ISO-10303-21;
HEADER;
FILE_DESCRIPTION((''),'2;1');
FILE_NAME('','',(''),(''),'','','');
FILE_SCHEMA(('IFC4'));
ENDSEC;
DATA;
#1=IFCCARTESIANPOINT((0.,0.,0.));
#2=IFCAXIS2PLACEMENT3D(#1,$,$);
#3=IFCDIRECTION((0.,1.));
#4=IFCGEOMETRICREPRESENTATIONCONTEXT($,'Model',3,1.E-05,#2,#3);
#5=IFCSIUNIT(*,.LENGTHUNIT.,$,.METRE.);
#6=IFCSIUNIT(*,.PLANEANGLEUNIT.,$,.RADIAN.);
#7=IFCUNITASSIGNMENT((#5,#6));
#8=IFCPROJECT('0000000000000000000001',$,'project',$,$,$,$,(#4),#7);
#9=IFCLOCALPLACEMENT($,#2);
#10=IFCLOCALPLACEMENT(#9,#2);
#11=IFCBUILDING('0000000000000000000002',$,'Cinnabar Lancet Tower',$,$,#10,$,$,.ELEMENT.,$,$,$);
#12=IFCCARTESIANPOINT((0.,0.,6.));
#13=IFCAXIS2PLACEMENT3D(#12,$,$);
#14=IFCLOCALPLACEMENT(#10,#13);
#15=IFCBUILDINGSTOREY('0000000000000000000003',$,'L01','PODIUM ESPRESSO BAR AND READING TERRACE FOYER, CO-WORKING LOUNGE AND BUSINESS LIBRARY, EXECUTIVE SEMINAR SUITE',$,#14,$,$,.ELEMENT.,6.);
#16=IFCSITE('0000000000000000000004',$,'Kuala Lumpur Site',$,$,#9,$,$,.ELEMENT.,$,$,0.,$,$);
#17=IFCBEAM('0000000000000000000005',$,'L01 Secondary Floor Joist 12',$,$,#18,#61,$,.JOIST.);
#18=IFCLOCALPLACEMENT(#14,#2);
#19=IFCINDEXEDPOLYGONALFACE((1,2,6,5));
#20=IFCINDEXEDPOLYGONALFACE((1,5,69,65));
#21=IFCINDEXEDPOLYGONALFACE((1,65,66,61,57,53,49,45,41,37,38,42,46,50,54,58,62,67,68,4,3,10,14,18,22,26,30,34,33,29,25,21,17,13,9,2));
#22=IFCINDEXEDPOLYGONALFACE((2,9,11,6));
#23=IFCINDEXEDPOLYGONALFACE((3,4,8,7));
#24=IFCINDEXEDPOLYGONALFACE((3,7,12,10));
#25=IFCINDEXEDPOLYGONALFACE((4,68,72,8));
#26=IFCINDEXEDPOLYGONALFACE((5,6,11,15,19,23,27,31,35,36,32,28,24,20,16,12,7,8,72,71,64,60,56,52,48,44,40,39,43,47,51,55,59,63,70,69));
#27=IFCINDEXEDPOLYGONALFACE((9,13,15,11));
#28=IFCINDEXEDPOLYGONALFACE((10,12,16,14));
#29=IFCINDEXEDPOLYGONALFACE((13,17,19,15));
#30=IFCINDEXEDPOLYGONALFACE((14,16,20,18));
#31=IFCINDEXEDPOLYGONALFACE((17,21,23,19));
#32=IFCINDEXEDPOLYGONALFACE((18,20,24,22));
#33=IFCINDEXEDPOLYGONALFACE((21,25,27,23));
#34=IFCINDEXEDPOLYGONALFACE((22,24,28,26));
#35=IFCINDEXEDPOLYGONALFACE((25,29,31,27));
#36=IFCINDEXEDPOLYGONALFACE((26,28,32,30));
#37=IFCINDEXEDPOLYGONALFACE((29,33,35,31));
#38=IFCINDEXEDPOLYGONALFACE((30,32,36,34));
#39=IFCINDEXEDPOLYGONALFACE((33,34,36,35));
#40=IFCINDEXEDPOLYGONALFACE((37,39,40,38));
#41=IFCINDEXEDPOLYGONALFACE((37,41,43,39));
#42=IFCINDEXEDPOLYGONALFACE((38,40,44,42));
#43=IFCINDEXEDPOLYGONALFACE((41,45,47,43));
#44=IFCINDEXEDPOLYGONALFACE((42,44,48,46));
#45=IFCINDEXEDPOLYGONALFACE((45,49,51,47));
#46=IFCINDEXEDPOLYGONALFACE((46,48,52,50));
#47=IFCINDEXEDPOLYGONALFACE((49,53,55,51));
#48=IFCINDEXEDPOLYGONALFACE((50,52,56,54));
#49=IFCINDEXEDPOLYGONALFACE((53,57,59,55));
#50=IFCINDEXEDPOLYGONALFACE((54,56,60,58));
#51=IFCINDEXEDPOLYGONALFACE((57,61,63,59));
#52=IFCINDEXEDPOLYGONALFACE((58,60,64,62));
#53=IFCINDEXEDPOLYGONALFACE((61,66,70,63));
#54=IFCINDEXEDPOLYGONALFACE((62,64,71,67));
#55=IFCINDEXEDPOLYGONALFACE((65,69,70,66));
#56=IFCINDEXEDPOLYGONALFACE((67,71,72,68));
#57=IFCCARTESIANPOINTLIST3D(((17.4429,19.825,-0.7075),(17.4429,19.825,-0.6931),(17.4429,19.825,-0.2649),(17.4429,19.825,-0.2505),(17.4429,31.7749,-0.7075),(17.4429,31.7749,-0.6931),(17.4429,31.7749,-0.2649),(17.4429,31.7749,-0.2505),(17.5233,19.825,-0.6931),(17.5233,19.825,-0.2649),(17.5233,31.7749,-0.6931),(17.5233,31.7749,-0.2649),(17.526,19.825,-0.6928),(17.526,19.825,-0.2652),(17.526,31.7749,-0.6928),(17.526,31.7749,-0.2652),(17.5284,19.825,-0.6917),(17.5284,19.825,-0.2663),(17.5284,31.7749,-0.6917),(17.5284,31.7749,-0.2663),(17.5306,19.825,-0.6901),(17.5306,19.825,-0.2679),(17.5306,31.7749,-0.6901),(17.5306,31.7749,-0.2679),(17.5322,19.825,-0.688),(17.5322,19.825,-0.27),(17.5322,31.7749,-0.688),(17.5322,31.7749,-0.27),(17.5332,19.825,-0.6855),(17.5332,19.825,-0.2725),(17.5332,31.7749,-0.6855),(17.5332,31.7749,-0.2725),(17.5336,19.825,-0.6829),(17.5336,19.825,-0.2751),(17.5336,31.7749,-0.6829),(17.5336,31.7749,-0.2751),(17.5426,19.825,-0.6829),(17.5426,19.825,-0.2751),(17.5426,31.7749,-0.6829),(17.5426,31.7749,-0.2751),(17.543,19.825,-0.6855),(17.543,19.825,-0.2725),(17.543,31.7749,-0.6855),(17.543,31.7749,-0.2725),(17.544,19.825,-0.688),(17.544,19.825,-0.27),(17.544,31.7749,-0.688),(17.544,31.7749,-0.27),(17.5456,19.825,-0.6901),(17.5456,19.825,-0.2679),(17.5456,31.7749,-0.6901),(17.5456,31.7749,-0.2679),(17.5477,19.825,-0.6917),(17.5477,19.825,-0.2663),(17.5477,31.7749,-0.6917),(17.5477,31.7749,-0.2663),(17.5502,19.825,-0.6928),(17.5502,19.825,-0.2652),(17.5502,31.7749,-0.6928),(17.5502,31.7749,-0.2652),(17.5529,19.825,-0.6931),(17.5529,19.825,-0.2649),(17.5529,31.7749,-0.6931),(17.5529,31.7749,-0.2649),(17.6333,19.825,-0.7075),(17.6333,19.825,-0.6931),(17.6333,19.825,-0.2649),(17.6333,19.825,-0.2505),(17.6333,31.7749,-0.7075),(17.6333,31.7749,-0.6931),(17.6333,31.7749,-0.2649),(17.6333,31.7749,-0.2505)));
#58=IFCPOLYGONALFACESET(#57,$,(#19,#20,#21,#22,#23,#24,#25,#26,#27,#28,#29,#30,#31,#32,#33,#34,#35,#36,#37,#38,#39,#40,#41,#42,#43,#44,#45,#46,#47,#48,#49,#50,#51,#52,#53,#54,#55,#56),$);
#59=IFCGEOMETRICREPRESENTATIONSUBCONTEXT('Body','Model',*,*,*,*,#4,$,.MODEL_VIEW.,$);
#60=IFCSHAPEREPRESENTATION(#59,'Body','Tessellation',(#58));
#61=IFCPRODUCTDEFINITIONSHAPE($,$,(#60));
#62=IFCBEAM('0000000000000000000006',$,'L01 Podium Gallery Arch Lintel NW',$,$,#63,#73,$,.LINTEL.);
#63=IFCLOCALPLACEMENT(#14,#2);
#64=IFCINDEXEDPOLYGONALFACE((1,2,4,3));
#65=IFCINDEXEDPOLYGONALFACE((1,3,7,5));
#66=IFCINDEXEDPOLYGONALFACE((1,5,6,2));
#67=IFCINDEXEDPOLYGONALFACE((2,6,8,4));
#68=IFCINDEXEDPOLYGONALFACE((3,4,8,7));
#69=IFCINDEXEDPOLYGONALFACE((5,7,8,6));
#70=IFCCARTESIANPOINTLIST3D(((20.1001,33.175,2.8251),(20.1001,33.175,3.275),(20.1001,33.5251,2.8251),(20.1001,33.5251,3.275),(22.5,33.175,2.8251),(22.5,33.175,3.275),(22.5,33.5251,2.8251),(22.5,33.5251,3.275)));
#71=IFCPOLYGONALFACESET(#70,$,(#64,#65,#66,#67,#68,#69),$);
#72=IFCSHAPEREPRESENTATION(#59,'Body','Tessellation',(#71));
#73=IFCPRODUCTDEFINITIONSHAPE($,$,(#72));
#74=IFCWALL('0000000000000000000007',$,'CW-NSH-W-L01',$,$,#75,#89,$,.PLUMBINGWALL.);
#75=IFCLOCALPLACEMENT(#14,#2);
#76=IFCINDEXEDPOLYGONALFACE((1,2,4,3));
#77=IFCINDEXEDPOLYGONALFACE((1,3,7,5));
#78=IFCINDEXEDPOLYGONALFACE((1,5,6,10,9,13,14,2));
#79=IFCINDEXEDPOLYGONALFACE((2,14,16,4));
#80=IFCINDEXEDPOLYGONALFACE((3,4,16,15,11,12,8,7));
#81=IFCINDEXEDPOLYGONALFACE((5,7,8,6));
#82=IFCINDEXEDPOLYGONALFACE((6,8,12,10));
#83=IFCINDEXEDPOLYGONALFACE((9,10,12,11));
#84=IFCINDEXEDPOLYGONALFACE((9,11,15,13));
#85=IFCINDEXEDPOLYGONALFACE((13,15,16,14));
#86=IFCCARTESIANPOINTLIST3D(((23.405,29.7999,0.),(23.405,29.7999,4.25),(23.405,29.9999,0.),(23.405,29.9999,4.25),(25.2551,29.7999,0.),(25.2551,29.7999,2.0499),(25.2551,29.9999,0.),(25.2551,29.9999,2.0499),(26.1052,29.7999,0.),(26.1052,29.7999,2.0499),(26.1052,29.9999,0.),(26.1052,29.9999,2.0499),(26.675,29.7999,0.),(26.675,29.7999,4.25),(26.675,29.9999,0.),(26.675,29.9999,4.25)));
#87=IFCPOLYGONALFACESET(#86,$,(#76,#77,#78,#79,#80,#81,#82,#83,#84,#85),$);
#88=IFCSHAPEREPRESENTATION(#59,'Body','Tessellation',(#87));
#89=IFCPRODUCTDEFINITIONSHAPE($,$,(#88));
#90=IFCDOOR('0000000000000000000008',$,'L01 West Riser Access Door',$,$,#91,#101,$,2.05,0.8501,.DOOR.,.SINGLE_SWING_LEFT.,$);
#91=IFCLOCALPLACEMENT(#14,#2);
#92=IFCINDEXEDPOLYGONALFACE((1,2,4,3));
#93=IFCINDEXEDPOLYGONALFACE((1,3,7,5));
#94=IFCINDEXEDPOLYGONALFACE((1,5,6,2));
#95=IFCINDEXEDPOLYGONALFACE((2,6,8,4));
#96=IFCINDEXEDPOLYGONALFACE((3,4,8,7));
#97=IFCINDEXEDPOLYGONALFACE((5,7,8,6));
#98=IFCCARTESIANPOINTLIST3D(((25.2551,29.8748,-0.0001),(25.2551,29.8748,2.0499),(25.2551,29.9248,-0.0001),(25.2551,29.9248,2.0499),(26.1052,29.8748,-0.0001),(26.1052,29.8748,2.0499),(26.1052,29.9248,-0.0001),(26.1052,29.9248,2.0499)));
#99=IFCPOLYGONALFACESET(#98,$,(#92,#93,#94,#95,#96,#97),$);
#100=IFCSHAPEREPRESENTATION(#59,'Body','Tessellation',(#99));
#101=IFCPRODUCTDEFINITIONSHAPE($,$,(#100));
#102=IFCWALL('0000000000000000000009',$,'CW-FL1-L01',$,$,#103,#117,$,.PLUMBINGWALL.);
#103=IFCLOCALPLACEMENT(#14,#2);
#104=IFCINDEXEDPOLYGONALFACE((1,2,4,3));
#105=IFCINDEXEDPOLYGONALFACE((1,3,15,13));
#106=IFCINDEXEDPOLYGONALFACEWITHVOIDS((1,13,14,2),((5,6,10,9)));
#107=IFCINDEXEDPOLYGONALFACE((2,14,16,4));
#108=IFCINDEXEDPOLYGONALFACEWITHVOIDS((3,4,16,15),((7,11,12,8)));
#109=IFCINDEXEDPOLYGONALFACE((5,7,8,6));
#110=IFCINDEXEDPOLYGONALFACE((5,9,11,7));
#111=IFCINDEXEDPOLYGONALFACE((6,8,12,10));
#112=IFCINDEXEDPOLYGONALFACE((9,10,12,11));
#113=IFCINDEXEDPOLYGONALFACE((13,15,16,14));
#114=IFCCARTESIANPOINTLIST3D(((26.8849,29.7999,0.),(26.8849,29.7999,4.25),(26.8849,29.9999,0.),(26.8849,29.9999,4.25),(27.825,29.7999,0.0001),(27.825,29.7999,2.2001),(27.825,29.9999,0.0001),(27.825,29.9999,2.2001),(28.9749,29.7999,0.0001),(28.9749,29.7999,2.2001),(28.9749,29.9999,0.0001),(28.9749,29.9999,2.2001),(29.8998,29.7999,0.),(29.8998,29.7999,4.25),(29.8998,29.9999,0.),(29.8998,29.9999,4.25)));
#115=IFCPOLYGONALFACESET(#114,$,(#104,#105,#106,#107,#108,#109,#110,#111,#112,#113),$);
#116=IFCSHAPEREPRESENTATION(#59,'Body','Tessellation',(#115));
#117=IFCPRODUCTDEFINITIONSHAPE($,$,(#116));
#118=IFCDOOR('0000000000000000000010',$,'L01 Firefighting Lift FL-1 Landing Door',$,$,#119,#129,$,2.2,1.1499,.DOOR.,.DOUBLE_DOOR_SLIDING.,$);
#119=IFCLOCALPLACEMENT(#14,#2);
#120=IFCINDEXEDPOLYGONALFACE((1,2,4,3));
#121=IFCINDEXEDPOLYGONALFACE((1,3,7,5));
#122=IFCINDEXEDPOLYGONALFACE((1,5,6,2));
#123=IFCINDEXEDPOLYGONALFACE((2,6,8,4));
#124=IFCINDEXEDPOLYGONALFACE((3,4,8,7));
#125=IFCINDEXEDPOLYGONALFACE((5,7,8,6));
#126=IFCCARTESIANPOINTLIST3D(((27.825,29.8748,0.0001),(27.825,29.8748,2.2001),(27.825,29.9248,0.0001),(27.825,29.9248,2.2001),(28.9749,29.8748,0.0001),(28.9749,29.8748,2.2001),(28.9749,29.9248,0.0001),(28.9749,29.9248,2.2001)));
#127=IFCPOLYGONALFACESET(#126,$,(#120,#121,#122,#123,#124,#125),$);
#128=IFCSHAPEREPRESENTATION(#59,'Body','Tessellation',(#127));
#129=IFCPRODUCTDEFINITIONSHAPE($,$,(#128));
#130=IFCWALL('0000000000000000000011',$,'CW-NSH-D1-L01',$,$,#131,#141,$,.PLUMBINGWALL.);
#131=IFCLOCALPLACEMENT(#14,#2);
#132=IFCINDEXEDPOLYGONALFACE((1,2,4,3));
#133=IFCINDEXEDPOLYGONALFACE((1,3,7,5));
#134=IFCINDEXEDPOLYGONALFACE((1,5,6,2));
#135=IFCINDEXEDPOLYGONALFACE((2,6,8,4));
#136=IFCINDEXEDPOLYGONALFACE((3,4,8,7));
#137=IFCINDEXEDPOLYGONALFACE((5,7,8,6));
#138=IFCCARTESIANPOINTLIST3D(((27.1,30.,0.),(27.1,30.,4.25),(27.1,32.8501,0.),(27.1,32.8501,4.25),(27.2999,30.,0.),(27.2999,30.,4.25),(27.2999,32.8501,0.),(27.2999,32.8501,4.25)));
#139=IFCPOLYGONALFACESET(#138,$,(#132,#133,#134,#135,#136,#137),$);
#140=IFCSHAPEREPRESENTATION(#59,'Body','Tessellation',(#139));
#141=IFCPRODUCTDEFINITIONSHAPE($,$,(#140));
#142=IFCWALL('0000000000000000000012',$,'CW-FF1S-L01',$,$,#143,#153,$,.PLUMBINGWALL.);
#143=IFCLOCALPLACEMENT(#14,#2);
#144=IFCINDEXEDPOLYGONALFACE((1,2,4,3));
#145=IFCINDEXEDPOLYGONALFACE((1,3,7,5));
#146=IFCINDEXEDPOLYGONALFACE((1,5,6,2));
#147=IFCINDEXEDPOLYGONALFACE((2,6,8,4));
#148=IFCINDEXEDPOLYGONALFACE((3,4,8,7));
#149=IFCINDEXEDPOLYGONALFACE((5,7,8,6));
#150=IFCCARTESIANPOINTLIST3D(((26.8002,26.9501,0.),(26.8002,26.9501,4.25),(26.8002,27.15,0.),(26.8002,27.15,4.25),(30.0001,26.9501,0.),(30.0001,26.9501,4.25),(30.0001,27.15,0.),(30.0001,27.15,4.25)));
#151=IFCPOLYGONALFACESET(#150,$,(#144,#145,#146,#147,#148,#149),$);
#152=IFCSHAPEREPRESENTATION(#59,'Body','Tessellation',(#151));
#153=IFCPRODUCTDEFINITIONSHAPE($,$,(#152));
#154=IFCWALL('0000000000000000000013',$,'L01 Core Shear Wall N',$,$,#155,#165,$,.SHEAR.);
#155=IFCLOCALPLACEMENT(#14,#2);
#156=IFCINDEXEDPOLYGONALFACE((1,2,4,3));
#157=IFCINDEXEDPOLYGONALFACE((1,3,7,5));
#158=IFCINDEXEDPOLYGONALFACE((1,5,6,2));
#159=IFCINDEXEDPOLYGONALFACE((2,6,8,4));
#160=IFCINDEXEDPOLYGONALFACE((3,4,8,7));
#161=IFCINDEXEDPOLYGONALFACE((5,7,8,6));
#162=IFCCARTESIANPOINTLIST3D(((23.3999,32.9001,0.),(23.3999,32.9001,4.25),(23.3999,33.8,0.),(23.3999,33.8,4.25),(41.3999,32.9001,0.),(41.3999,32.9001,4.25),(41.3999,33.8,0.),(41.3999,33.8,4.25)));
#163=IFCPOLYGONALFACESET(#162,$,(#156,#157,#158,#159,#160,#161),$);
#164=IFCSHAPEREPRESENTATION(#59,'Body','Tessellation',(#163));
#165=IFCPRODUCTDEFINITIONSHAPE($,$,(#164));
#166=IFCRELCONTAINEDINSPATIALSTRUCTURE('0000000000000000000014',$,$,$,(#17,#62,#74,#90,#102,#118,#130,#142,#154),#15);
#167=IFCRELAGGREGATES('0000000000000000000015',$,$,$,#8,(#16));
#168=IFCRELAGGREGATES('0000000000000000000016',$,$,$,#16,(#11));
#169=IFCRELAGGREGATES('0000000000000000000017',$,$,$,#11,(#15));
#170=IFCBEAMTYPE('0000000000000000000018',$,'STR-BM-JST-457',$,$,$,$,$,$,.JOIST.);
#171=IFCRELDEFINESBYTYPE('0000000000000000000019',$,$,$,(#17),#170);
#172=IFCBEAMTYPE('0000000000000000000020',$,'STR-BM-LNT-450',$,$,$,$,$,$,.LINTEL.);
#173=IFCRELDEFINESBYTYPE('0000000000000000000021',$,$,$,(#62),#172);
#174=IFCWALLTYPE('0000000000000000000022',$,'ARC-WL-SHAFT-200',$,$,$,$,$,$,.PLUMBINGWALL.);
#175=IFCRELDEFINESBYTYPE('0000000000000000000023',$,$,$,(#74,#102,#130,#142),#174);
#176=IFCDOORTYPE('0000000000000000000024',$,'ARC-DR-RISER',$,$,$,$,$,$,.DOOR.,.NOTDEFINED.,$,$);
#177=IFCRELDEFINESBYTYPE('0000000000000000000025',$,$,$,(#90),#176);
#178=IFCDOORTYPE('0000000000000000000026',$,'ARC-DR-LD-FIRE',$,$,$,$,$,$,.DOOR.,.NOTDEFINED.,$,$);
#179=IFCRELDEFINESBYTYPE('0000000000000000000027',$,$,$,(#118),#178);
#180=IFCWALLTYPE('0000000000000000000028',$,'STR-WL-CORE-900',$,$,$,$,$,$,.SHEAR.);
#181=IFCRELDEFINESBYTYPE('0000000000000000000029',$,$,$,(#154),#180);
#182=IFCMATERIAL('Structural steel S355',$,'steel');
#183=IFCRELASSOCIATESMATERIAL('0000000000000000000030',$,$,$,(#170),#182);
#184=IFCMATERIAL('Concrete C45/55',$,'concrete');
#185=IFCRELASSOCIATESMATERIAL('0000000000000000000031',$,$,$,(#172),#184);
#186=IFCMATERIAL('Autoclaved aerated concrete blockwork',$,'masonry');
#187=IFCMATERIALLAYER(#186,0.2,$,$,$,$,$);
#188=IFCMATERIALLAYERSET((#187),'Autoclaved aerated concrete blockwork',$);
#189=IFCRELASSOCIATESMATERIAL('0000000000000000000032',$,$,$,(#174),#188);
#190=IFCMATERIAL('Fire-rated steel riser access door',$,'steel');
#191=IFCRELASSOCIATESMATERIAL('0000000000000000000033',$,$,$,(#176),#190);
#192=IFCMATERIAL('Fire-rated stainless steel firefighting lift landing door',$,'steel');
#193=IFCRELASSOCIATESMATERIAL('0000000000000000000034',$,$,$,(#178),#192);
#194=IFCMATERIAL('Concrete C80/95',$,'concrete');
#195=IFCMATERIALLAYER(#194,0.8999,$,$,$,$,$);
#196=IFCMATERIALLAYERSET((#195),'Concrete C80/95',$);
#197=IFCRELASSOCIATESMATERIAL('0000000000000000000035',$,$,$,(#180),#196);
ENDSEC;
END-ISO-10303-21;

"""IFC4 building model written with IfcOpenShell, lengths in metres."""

from ifc_helpers import new_model, si_unit, direction, frame, frame_2d, origin, origin_2d, place, context, subcontext, project, spatial, rectangle, i_section, extrude, material, layer, layer_set, material_profile, profile_set, type_object, element, fill, save


model = new_model("IFC4")

# Units and contexts
model_context = context("Model", 3, precision=1e-05, world=origin(), true_north=direction((0.0, 1.0)))
body_context = subcontext(model_context, "Body", "Model", "MODEL_VIEW")
ifc_project = project(units=[si_unit("LENGTHUNIT", "METRE"), si_unit("PLANEANGLEUNIT", "RADIAN")], contexts=[model_context])

# Site, building, storey
site_placement = place(None, origin())
site = spatial("IfcSite", under=ifc_project, at=site_placement, Name="Kuala Lumpur Site", CompositionType="ELEMENT", RefElevation=0.0)
building_placement = place(site_placement, origin())
building = spatial("IfcBuilding", under=site, at=building_placement, Name="Cinnabar Lancet Tower", CompositionType="ELEMENT")
storey_placement = place(building_placement, frame((0.0, 0.0, 6.0)))
storey = spatial("IfcBuildingStorey", under=building, at=storey_placement, Name="L01", Description="PODIUM ESPRESSO BAR AND READING TERRACE FOYER, CO-WORKING LOUNGE AND BUSINESS LIBRARY, EXECUTIVE SEMINAR SUITE", CompositionType="ELEMENT", Elevation=6.0)

# Beams
ifc_material_1 = material(Name="Structural steel S355", Category="steel")
ifc_material_profile_1 = material_profile(ifc_material_1, i_section(OverallWidth=0.1904, OverallDepth=0.457, WebThickness=0.009, FlangeThickness=0.0144, FilletRadius=0.0103, at=origin_2d()), Name="UKB 457x191x74")
ifc_profile_set_1 = profile_set([ifc_material_profile_1], Name="Structural steel S355")
beam_type_1 = type_object("IfcBeamType", Name="STR-BM-JST-457", PredefinedType="JOIST", material=ifc_profile_set_1)
for number, where, z_axis, x_axis, name in (
    (1, (17.5381, 31.7749, -0.479), (0.0, -1.0, 0.0), (1.0, 0.0, 0.0), "L01 Secondary Floor Joist 12"),
):
    element("IfcBeam", number, at=place(storey_placement, frame(where, z_axis=z_axis, x_axis=x_axis)), inside=storey, type_object=beam_type_1, Name=name, PredefinedType="JOIST", context=body_context, shape_type="SweptSolid", body=[
        extrude(i_section(OverallWidth=0.1904, OverallDepth=0.457, WebThickness=0.009, FlangeThickness=0.0144, FilletRadius=0.0103, at=origin_2d()), origin(), (0.0, 0.0, 1.0), 11.95),
    ])
ifc_material_2 = material(Name="Concrete C45/55", Category="concrete")
ifc_material_profile_2 = material_profile(ifc_material_2, rectangle(XDim=0.3501, YDim=0.45, at=origin_2d()), Name="RC-LNT 350x450")
ifc_profile_set_2 = profile_set([ifc_material_profile_2], Name="Concrete C45/55")
beam_type_2 = type_object("IfcBeamType", Name="STR-BM-LNT-450", PredefinedType="LINTEL", material=ifc_profile_set_2)
beam_1_placement = place(storey_placement, frame((20.1001, 33.3501, 3.05), z_axis=(1.0, 0.0, 0.0), x_axis=(0.0, 1.0, 0.0)))
element("IfcBeam", 2, at=beam_1_placement, inside=storey, type_object=beam_type_2, Name="L01 Podium Gallery Arch Lintel NW", PredefinedType="LINTEL", context=body_context, shape_type="SweptSolid", body=[
    extrude(rectangle(XDim=0.3501, YDim=0.45, at=origin_2d()), origin(), (0.0, 0.0, 1.0), 2.3999),
])

# Walls, openings, doors
ifc_material_3 = material(Name="Autoclaved aerated concrete blockwork", Category="masonry")
ifc_layer_1 = layer(ifc_material_3, 0.2)
ifc_layer_set_1 = layer_set([ifc_layer_1], Name="Autoclaved aerated concrete blockwork")
wall_type_1 = type_object("IfcWallType", Name="ARC-WL-SHAFT-200", PredefinedType="PLUMBINGWALL", material=ifc_layer_set_1)
wall_1_placement = place(storey_placement, frame((23.405, 29.8999, 0.0), z_axis=(0.0, 0.0, 1.0), x_axis=(1.0, 0.0, 0.0)))
wall_1 = element("IfcWall", 3, at=wall_1_placement, inside=storey, type_object=wall_type_1, Name="CW-NSH-W-L01", PredefinedType="PLUMBINGWALL", context=body_context, shape_type="SweptSolid", body=[
    extrude(rectangle(XDim=3.27, YDim=0.2, at=frame_2d((1.635, 0.0))), origin(), (0.0, 0.0, 1.0), 4.25),
])
opening_1_placement = place(wall_1_placement, frame((1.8501, 0.0, 0.0)))
opening_1 = element("IfcOpeningElement", 4, at=opening_1_placement, cuts=wall_1, PredefinedType="OPENING", context=body_context, shape_type="SweptSolid", body=[
    extrude(rectangle(XDim=0.8501, YDim=2.05, at=frame_2d((0.425, 1.0249))), frame((0.0, 0.1099, 0.0), z_axis=(0.0, -1.0, 0.0), x_axis=(1.0, 0.0, 0.0)), (0.0, 0.0, 1.0), 0.22),
])
ifc_material_4 = material(Name="Fire-rated steel riser access door", Category="steel")
door_type_1 = type_object("IfcDoorType", Name="ARC-DR-RISER", OperationType="NOTDEFINED", PredefinedType="DOOR", material=ifc_material_4)
door_1_placement = place(opening_1_placement, origin())
door_1 = element("IfcDoor", 5, at=door_1_placement, inside=storey, type_object=door_type_1, Name="L01 West Riser Access Door", OperationType="SINGLE_SWING_LEFT", OverallHeight=2.05, OverallWidth=0.8501, PredefinedType="DOOR", context=body_context, shape_type="SweptSolid", body=[
    extrude(rectangle(XDim=0.8501, YDim=2.05, at=frame_2d((0.425, 1.0249))), frame((0.0, 0.0249, 0.0), z_axis=(0.0, -1.0, 0.0), x_axis=(1.0, 0.0, 0.0)), (0.0, 0.0, 1.0), 0.05),
])
fill(opening_1, door_1)
wall_2_placement = place(storey_placement, frame((26.885, 29.8999, 0.0), z_axis=(0.0, 0.0, 1.0), x_axis=(1.0, 0.0, 0.0)))
wall_2 = element("IfcWall", 6, at=wall_2_placement, inside=storey, type_object=wall_type_1, Name="CW-FL1-L01", PredefinedType="PLUMBINGWALL", context=body_context, shape_type="SweptSolid", body=[
    extrude(rectangle(XDim=3.0149, YDim=0.2, at=frame_2d((1.5073, 0.0))), origin(), (0.0, 0.0, 1.0), 4.25),
])
opening_2_placement = place(wall_2_placement, frame((0.9399, 0.0, 0.0)))
opening_2 = element("IfcOpeningElement", 7, at=opening_2_placement, cuts=wall_2, PredefinedType="OPENING", context=body_context, shape_type="SweptSolid", body=[
    extrude(rectangle(XDim=1.1499, YDim=2.2, at=frame_2d((0.575, 1.1001))), frame((0.0, 0.1099, 0.0), z_axis=(0.0, -1.0, 0.0), x_axis=(1.0, 0.0, 0.0)), (0.0, 0.0, 1.0), 0.22),
])
ifc_material_5 = material(Name="Fire-rated stainless steel firefighting lift landing door", Category="steel")
door_type_2 = type_object("IfcDoorType", Name="ARC-DR-LD-FIRE", OperationType="NOTDEFINED", PredefinedType="DOOR", material=ifc_material_5)
door_2_placement = place(opening_2_placement, origin())
door_2 = element("IfcDoor", 8, at=door_2_placement, inside=storey, type_object=door_type_2, Name="L01 Firefighting Lift FL-1 Landing Door", OperationType="DOUBLE_DOOR_SLIDING", OverallHeight=2.2, OverallWidth=1.1499, PredefinedType="DOOR", context=body_context, shape_type="SweptSolid", body=[
    extrude(rectangle(XDim=1.1499, YDim=2.2, at=frame_2d((0.575, 1.1001))), frame((0.0, 0.0249, 0.0), z_axis=(0.0, -1.0, 0.0), x_axis=(1.0, 0.0, 0.0)), (0.0, 0.0, 1.0), 0.05),
])
fill(opening_2, door_2)

# Walls
wall_3_placement = place(storey_placement, frame((27.2, 30.0, 0.0), z_axis=(0.0, 0.0, 1.0), x_axis=(0.0, 1.0, 0.0)))
element("IfcWall", 9, at=wall_3_placement, inside=storey, type_object=wall_type_1, Name="CW-NSH-D1-L01", PredefinedType="PLUMBINGWALL", context=body_context, shape_type="SweptSolid", body=[
    extrude(rectangle(XDim=2.8501, YDim=0.2, at=frame_2d((1.425, 0.0))), origin(), (0.0, 0.0, 1.0), 4.25),
])
wall_4_placement = place(storey_placement, frame((26.8, 27.05, 0.0), z_axis=(0.0, 0.0, 1.0), x_axis=(1.0, 0.0, 0.0)))
element("IfcWall", 10, at=wall_4_placement, inside=storey, type_object=wall_type_1, Name="CW-FF1S-L01", PredefinedType="PLUMBINGWALL", context=body_context, shape_type="SweptSolid", body=[
    extrude(rectangle(XDim=3.2, YDim=0.2, at=frame_2d((1.6001, 0.0))), origin(), (0.0, 0.0, 1.0), 4.25),
])
ifc_material_6 = material(Name="Concrete C80/95", Category="concrete")
ifc_layer_2 = layer(ifc_material_6, 0.8999)
ifc_layer_set_2 = layer_set([ifc_layer_2], Name="Concrete C80/95")
wall_type_2 = type_object("IfcWallType", Name="STR-WL-CORE-900", PredefinedType="SHEAR", material=ifc_layer_set_2)
wall_5_placement = place(storey_placement, frame((23.3999, 33.3501, 0.0), z_axis=(0.0, 0.0, 1.0), x_axis=(1.0, 0.0, 0.0)))
element("IfcWall", 11, at=wall_5_placement, inside=storey, type_object=wall_type_2, Name="L01 Core Shear Wall N", PredefinedType="SHEAR", context=body_context, shape_type="SweptSolid", body=[
    extrude(rectangle(XDim=18.0, YDim=0.8999, at=frame_2d((9.0, 0.0))), origin(), (0.0, 0.0, 1.0), 4.25),
])

save(model, "model.ifc")
